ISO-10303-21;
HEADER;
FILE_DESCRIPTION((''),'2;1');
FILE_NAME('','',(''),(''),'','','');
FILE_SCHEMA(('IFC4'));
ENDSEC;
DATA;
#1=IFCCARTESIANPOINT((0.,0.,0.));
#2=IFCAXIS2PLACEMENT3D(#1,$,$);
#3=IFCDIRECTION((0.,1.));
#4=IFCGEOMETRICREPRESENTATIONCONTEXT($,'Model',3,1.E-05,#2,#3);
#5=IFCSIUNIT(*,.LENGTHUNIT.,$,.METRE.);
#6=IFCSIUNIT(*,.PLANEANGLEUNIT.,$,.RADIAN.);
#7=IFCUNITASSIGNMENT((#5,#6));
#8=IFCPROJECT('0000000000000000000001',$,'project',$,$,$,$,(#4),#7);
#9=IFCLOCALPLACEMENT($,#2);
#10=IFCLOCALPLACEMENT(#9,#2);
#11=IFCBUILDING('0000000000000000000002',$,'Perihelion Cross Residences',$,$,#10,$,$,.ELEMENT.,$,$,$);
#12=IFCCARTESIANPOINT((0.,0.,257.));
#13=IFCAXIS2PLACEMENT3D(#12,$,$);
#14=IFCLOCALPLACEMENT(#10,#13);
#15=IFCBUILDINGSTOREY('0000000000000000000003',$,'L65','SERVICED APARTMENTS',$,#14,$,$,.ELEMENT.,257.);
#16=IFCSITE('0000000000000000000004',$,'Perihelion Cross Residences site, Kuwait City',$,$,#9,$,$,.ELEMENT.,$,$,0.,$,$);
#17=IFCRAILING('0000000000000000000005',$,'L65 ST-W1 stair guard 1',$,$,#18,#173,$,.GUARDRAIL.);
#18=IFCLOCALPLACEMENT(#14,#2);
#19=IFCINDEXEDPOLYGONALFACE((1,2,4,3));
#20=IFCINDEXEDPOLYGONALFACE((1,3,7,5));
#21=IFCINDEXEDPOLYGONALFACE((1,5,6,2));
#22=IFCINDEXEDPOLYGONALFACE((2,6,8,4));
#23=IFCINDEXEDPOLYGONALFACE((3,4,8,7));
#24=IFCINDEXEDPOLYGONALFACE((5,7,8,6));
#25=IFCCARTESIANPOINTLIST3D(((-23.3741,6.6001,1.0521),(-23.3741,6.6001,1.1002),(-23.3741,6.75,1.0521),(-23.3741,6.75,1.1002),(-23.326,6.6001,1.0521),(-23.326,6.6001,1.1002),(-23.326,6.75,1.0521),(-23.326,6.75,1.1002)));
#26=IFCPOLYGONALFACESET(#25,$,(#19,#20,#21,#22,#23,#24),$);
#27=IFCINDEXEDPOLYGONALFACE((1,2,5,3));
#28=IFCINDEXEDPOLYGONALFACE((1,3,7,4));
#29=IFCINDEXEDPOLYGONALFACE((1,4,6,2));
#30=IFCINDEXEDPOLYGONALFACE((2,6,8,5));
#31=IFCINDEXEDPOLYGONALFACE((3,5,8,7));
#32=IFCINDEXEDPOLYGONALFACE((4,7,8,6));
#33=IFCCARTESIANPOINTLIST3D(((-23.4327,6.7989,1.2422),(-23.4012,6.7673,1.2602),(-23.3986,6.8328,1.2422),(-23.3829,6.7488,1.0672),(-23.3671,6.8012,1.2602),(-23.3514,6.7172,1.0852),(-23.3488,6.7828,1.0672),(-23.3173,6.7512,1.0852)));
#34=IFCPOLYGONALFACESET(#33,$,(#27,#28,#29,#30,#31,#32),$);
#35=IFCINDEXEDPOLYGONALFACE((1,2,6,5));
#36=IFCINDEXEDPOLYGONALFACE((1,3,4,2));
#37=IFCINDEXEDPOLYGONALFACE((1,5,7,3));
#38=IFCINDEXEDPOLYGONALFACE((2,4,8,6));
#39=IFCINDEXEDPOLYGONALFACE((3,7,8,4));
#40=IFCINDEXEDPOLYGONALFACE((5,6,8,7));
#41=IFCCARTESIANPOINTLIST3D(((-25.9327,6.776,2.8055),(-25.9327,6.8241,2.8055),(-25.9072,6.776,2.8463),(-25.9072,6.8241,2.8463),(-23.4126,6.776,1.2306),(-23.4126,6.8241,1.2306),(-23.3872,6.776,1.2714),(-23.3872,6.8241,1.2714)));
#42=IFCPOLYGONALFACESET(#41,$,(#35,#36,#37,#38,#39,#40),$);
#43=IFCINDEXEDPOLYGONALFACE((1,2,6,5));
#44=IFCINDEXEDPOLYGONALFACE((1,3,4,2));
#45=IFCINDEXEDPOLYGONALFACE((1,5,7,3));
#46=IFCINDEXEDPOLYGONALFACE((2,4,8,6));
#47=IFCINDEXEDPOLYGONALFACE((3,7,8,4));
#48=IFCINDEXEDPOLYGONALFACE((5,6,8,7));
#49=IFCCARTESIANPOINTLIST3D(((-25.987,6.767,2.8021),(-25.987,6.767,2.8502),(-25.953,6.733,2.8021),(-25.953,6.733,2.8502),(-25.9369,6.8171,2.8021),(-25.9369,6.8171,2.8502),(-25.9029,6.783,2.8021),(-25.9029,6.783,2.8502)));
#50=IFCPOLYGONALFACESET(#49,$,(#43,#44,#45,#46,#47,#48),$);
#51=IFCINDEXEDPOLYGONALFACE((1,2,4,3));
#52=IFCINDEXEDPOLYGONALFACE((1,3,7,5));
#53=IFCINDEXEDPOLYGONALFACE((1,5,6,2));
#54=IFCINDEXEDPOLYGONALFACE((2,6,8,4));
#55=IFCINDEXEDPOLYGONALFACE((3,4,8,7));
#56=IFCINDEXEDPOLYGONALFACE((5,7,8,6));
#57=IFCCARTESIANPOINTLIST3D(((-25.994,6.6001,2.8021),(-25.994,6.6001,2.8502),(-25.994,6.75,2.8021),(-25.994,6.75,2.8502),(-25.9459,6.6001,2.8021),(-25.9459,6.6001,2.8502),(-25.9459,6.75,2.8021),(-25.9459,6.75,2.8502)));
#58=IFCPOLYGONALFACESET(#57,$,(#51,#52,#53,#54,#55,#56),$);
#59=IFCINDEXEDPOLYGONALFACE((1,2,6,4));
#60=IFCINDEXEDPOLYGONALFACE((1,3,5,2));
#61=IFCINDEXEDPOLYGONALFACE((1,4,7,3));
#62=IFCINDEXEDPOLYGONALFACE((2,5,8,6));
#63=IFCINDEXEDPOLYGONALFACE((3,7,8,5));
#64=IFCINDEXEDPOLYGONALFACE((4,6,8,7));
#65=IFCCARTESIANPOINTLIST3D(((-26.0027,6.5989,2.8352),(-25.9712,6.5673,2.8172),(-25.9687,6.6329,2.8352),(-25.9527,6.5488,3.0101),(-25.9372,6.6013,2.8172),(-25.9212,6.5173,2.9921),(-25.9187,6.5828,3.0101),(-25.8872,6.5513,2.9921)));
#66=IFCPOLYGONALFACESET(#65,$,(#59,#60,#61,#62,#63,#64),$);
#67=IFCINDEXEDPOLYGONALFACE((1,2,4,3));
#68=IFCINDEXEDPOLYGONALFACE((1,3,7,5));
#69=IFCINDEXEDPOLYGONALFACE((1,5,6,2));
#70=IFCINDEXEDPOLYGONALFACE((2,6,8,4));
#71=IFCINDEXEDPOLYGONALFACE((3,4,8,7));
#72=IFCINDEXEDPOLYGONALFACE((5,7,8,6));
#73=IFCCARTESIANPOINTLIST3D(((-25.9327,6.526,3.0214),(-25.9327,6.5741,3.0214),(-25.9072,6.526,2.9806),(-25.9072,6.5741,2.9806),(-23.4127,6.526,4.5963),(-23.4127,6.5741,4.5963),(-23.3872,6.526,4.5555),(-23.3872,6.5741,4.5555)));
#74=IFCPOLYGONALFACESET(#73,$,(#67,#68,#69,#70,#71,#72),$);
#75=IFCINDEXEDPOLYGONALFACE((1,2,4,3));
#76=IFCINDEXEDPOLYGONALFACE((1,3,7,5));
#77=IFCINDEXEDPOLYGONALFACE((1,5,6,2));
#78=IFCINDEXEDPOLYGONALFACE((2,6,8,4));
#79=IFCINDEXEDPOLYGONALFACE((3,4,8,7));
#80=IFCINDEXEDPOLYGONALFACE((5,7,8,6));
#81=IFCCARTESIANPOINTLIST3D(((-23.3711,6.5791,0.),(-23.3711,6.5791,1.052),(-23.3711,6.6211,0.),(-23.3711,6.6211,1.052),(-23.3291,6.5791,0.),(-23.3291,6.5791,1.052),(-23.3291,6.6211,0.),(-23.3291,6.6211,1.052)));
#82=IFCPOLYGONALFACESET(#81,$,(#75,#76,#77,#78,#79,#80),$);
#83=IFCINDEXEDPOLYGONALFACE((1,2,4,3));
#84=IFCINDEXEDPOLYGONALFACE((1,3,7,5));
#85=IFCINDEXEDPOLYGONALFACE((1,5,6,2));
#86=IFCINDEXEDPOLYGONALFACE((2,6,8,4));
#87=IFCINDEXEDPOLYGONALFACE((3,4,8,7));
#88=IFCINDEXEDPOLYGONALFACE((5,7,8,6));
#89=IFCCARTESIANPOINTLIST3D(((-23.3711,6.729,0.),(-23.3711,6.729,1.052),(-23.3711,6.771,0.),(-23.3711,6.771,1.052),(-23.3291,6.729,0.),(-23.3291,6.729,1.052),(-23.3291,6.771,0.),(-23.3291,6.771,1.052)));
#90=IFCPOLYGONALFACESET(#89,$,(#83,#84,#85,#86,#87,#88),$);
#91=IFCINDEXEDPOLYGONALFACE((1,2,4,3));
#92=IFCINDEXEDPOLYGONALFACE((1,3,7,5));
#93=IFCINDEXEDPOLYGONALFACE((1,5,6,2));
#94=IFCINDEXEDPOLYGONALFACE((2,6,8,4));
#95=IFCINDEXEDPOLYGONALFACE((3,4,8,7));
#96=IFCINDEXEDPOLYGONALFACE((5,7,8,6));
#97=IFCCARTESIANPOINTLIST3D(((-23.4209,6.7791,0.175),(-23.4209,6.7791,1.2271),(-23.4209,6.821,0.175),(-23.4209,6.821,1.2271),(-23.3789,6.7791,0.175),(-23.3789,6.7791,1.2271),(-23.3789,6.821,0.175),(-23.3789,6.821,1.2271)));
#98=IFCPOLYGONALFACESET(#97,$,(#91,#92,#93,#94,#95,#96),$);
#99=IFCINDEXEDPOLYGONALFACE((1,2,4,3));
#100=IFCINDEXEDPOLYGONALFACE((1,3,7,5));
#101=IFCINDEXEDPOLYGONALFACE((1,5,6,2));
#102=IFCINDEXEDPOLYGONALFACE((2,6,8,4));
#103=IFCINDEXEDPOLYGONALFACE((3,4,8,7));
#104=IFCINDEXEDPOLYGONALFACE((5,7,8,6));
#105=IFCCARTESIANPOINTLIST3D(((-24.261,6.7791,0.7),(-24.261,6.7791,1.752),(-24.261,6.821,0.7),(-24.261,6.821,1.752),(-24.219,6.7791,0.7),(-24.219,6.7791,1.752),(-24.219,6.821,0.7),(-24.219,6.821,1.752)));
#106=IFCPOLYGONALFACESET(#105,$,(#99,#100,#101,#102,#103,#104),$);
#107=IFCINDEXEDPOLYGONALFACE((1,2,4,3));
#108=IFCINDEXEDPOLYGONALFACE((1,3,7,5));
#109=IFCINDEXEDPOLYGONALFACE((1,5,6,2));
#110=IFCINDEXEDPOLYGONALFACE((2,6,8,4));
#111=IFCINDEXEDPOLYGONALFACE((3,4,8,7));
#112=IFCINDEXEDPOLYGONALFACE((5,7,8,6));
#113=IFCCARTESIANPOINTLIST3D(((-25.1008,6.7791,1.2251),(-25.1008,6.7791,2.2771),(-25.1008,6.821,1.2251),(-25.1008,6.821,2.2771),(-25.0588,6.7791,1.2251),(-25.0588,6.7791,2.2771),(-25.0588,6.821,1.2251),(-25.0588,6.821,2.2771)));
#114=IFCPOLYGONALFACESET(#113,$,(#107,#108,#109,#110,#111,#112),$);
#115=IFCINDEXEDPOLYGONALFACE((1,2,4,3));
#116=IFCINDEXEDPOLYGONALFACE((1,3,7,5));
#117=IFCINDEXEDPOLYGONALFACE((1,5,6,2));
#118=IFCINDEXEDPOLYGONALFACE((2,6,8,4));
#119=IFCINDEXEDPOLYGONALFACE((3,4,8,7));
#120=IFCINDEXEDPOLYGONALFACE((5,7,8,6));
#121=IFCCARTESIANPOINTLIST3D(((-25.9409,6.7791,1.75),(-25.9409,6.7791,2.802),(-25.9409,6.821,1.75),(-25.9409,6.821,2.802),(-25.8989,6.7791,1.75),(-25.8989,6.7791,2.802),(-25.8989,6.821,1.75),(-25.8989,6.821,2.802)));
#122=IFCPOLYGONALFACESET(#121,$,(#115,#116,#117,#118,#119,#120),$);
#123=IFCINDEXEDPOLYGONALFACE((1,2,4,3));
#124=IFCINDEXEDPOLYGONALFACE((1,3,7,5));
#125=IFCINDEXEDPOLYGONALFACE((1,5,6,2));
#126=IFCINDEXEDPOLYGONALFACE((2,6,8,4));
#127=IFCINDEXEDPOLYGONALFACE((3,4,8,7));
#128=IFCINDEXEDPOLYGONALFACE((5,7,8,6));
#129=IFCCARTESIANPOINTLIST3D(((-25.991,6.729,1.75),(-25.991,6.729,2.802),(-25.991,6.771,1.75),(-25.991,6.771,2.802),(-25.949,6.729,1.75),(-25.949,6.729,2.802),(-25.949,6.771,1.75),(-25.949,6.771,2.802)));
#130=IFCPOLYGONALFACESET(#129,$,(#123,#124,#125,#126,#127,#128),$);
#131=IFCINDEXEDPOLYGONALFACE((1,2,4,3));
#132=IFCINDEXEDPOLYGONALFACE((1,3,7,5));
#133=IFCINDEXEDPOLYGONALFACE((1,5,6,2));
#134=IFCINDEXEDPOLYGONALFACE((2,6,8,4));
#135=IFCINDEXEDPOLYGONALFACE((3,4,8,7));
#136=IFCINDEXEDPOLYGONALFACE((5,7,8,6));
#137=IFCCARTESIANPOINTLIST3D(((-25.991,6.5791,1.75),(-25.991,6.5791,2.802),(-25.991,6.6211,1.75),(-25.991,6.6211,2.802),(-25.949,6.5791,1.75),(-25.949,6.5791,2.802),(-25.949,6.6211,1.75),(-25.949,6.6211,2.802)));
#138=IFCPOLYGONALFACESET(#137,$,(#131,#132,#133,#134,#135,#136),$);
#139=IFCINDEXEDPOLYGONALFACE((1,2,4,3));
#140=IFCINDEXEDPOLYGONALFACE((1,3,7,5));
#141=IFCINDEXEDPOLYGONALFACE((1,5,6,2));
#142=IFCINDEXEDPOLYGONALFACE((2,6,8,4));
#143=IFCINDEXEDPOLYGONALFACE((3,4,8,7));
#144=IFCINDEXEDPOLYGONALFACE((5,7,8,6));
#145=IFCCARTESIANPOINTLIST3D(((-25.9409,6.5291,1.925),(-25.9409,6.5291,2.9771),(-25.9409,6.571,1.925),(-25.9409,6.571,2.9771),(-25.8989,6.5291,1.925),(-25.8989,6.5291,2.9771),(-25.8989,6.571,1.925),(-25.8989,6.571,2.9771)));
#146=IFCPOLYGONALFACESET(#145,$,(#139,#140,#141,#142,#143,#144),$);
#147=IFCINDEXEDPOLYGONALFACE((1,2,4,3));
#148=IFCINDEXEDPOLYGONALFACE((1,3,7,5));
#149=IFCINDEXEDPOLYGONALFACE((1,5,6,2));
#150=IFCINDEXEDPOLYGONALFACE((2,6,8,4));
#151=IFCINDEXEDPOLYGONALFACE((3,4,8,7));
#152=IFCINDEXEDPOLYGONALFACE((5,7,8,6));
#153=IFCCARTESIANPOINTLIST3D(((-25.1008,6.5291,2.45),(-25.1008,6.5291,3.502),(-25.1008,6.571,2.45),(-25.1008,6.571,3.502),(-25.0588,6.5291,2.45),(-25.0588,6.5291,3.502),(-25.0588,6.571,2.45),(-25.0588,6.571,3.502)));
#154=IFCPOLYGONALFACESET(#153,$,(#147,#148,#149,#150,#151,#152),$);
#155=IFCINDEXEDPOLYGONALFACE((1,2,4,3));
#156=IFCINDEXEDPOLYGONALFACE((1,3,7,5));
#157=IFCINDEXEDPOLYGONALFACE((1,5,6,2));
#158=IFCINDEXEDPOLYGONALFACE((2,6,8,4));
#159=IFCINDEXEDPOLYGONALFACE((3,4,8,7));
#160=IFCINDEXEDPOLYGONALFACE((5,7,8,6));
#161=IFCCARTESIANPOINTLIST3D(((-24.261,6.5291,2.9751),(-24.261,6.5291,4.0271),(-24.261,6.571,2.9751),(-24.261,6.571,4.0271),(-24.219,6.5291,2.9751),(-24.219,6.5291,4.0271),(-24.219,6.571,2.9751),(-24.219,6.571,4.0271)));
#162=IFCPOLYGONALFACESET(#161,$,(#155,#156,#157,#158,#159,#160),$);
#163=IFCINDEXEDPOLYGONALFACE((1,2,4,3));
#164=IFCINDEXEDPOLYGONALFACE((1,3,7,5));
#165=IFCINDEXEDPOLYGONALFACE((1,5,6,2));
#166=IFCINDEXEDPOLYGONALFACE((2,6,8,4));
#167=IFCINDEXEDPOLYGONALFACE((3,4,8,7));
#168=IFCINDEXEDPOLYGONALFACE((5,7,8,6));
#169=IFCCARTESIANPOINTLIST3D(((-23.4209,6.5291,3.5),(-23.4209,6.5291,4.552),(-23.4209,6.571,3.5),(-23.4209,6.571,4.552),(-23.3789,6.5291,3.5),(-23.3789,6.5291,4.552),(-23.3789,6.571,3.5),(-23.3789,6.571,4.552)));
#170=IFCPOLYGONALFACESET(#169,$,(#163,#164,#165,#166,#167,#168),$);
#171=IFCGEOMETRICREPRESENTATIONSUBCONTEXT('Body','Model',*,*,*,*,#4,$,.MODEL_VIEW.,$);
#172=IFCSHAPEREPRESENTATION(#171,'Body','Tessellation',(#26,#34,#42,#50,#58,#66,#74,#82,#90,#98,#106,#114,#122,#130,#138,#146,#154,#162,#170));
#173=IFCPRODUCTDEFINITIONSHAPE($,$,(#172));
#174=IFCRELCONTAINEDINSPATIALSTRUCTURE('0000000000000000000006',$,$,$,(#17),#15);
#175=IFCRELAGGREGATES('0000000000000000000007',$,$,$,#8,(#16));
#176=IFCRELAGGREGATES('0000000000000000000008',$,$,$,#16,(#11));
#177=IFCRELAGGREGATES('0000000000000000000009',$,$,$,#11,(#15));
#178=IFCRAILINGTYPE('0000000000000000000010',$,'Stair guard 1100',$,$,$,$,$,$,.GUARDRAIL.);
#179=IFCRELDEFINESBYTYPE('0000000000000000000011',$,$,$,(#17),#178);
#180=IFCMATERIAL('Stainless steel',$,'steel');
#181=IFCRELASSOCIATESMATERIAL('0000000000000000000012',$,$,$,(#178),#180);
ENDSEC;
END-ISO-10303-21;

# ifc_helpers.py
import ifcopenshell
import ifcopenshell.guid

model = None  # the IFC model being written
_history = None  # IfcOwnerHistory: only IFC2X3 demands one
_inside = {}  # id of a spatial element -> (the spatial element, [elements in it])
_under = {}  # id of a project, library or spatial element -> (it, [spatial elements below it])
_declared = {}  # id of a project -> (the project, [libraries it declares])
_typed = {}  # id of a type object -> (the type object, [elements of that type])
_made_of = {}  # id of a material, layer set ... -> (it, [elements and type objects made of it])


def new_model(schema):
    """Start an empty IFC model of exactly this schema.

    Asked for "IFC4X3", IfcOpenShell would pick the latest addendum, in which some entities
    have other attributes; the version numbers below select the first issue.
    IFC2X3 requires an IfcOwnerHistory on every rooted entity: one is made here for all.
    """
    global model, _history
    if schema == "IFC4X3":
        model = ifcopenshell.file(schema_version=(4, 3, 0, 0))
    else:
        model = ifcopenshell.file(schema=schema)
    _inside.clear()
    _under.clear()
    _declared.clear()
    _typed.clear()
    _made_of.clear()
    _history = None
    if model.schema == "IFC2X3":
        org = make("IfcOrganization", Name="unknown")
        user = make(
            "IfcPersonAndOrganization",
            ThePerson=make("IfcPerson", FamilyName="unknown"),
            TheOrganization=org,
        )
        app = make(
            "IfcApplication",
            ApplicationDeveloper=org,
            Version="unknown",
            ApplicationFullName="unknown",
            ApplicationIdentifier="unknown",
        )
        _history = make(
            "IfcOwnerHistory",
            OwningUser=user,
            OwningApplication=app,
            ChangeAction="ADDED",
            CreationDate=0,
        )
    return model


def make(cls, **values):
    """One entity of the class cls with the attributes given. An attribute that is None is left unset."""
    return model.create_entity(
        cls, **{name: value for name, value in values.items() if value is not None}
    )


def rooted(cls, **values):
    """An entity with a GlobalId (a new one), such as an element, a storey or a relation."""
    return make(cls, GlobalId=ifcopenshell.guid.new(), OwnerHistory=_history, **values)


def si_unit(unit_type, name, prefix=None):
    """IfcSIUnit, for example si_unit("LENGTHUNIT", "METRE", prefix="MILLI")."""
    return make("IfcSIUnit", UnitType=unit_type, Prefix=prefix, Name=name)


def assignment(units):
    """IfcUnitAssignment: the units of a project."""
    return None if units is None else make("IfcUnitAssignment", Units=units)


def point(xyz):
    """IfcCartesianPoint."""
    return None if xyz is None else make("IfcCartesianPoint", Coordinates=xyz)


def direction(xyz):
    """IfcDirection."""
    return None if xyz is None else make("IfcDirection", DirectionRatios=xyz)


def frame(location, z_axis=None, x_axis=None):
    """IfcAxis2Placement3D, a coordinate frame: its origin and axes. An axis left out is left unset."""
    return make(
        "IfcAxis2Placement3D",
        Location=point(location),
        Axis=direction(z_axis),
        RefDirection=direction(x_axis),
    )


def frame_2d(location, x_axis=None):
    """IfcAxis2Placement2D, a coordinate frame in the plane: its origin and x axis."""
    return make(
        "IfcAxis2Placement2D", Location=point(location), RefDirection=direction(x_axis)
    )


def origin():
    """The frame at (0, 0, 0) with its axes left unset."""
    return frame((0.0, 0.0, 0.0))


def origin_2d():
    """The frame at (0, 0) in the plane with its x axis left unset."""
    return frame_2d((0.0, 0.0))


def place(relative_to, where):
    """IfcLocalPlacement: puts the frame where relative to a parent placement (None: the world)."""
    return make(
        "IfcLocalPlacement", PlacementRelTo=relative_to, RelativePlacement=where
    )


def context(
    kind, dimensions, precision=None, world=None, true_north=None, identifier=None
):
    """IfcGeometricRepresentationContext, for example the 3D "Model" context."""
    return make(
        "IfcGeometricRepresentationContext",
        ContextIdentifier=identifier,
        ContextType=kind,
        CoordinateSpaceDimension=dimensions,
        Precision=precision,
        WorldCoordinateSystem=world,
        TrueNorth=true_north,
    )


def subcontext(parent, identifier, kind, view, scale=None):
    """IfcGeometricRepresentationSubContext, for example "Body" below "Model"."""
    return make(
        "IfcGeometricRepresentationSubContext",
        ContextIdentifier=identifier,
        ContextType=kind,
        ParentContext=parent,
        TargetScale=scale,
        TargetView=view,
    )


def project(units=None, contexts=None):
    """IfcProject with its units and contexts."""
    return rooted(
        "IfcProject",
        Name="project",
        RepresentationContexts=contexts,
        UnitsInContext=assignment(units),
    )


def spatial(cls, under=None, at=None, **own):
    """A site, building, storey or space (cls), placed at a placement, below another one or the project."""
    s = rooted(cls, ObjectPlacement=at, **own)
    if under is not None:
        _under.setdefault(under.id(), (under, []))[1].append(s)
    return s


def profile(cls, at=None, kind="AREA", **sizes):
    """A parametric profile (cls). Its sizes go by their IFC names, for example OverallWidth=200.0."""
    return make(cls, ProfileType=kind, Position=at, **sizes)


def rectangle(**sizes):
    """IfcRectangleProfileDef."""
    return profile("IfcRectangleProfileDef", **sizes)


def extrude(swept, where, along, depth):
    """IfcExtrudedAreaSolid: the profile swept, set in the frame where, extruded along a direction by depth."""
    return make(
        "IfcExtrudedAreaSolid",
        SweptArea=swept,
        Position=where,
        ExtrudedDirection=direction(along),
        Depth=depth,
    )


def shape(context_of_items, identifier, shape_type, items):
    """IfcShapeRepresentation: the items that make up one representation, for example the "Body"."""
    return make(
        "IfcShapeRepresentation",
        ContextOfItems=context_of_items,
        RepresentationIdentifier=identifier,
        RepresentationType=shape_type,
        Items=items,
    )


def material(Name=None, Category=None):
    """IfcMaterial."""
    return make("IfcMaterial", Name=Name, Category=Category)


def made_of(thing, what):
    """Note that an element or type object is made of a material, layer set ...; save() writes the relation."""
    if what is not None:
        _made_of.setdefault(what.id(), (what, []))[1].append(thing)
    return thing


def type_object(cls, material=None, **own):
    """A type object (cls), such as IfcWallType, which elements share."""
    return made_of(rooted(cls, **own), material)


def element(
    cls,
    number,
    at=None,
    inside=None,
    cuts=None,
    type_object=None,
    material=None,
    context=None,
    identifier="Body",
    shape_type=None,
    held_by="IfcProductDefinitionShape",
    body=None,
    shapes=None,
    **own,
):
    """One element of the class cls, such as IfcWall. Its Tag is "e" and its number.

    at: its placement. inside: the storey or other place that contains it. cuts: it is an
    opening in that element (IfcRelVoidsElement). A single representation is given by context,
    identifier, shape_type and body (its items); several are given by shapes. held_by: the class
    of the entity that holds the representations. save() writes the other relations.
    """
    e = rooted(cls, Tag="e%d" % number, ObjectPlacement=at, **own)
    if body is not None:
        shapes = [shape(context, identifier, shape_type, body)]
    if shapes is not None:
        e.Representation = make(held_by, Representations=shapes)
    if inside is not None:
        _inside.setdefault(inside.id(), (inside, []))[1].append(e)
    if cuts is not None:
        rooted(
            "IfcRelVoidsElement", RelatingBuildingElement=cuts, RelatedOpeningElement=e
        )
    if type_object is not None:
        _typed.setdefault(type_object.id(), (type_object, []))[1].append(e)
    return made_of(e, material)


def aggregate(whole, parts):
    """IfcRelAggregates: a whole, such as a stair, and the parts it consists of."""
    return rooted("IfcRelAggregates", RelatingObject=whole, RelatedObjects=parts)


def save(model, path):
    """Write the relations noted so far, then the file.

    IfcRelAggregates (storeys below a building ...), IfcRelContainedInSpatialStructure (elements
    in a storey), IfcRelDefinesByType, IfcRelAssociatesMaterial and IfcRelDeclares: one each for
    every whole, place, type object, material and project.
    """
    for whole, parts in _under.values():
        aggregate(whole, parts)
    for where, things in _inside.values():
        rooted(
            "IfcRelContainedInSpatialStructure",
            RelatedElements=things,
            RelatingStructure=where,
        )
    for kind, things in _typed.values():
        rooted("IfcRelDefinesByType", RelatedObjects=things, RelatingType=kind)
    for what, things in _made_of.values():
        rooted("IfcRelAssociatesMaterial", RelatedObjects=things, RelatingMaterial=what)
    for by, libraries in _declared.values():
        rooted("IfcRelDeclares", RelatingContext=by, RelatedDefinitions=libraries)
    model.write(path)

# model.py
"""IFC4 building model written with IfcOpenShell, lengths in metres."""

from ifc_helpers import new_model, si_unit, direction, frame, origin, origin_2d, place, context, subcontext, project, spatial, rectangle, extrude, material, type_object, element, save


model = new_model("IFC4")

# Units and contexts
model_context = context("Model", 3, precision=1e-05, world=origin(), true_north=direction((0.0, 1.0)))
body_context = subcontext(model_context, "Body", "Model", "MODEL_VIEW")
ifc_project = project(units=[si_unit("LENGTHUNIT", "METRE"), si_unit("PLANEANGLEUNIT", "RADIAN")], contexts=[model_context])

# Site, building, storey
site_placement = place(None, origin())
site = spatial("IfcSite", under=ifc_project, at=site_placement, Name="Perihelion Cross Residences site, Kuwait City", CompositionType="ELEMENT", RefElevation=0.0)
building_placement = place(site_placement, origin())
building = spatial("IfcBuilding", under=site, at=building_placement, Name="Perihelion Cross Residences", CompositionType="ELEMENT")
storey_placement = place(building_placement, frame((0.0, 0.0, 257.0)))
storey = spatial("IfcBuildingStorey", under=building, at=storey_placement, Name="L65", Description="SERVICED APARTMENTS", CompositionType="ELEMENT", Elevation=257.0)

# Railing
ifc_material_1 = material(Name="Stainless steel", Category="steel")
railing_type_1 = type_object("IfcRailingType", Name="Stair guard 1100", PredefinedType="GUARDRAIL", material=ifc_material_1)
railing_1_placement = place(storey_placement, frame((-23.3501, 6.6001, 0.0)))
element("IfcRailing", 1, at=railing_1_placement, inside=storey, type_object=railing_type_1, Name="L65 ST-W1 stair guard 1", PredefinedType="GUARDRAIL", context=body_context, shape_type="SweptSolid", body=[
    extrude(rectangle(XDim=0.0481, YDim=0.0481, at=origin_2d()), frame((0.0, 0.0, 1.0762), z_axis=(0.0, 1.0, 0.0), x_axis=(-1.0, 0.0, 0.0)), (0.0, 0.0, 1.0), 0.1499),
    extrude(rectangle(XDim=0.0481, YDim=0.0481, at=origin_2d()), frame((0.0, 0.1499, 1.0762), z_axis=(-0.263862, 0.265156, 0.927399), x_axis=(-0.708834, -0.705376, 0.0)), (0.0, 0.0, 1.0), 0.1887),
    extrude(rectangle(XDim=0.0481, YDim=0.0481, at=origin_2d()), frame((-0.0498, 0.2, 1.251), z_axis=(-0.848008, 0.0, 0.529984), x_axis=(0.0, -1.0, 0.0)), (0.0, 0.0, 1.0), 2.9717),
    extrude(rectangle(XDim=0.0481, YDim=0.0481, at=origin_2d()), frame((-2.5698, 0.2, 2.8262), z_axis=(-0.707107, -0.707107, 0.0), x_axis=(0.707107, -0.707107, 0.0)), (0.0, 0.0, 1.0), 0.0708),
    extrude(rectangle(XDim=0.0481, YDim=0.0481, at=origin_2d()), frame((-2.6199, 0.1499, 2.8262), z_axis=(0.0, -1.0, 0.0), x_axis=(1.0, 0.0, 0.0)), (0.0, 0.0, 1.0), 0.1499),
    extrude(rectangle(XDim=0.0481, YDim=0.0481, at=origin_2d()), frame((-2.6199, 0.0, 2.8262), z_axis=(0.265065, -0.265065, 0.927082), x_axis=(0.707107, 0.707107, 0.0)), (0.0, 0.0, 1.0), 0.1887),
    extrude(rectangle(XDim=0.0481, YDim=0.0481, at=origin_2d()), frame((-2.5698, -0.05, 3.001), z_axis=(0.848008, 0.0, 0.529984), x_axis=(0.0, 1.0, 0.0)), (0.0, 0.0, 1.0), 2.9717),
    extrude(rectangle(XDim=0.042, YDim=0.042, at=origin_2d()), origin(), (0.0, 0.0, 1.0), 1.052),
    extrude(rectangle(XDim=0.042, YDim=0.042, at=origin_2d()), frame((0.0, 0.1499, 0.0)), (0.0, 0.0, 1.0), 1.052),
    extrude(rectangle(XDim=0.042, YDim=0.042, at=origin_2d()), frame((-0.0498, 0.2, 0.175)), (0.0, 0.0, 1.0), 1.052),
    extrude(rectangle(XDim=0.042, YDim=0.042, at=origin_2d()), frame((-0.8899, 0.2, 0.7)), (0.0, 0.0, 1.0), 1.052),
    extrude(rectangle(XDim=0.042, YDim=0.042, at=origin_2d()), frame((-1.7297, 0.2, 1.2251)), (0.0, 0.0, 1.0), 1.052),
    extrude(rectangle(XDim=0.042, YDim=0.042, at=origin_2d()), frame((-2.5698, 0.2, 1.75)), (0.0, 0.0, 1.0), 1.052),
    extrude(rectangle(XDim=0.042, YDim=0.042, at=origin_2d()), frame((-2.6199, 0.1499, 1.75)), (0.0, 0.0, 1.0), 1.052),
    extrude(rectangle(XDim=0.042, YDim=0.042, at=origin_2d()), frame((-2.6199, 0.0, 1.75)), (0.0, 0.0, 1.0), 1.052),
    extrude(rectangle(XDim=0.042, YDim=0.042, at=origin_2d()), frame((-2.5698, -0.05, 1.925)), (0.0, 0.0, 1.0), 1.052),
    extrude(rectangle(XDim=0.042, YDim=0.042, at=origin_2d()), frame((-1.7297, -0.05, 2.45)), (0.0, 0.0, 1.0), 1.052),
    extrude(rectangle(XDim=0.042, YDim=0.042, at=origin_2d()), frame((-0.8899, -0.05, 2.9751)), (0.0, 0.0, 1.0), 1.052),
    extrude(rectangle(XDim=0.042, YDim=0.042, at=origin_2d()), frame((-0.0498, -0.05, 3.5)), (0.0, 0.0, 1.0), 1.052),
])

save(model, "model.ifc")
